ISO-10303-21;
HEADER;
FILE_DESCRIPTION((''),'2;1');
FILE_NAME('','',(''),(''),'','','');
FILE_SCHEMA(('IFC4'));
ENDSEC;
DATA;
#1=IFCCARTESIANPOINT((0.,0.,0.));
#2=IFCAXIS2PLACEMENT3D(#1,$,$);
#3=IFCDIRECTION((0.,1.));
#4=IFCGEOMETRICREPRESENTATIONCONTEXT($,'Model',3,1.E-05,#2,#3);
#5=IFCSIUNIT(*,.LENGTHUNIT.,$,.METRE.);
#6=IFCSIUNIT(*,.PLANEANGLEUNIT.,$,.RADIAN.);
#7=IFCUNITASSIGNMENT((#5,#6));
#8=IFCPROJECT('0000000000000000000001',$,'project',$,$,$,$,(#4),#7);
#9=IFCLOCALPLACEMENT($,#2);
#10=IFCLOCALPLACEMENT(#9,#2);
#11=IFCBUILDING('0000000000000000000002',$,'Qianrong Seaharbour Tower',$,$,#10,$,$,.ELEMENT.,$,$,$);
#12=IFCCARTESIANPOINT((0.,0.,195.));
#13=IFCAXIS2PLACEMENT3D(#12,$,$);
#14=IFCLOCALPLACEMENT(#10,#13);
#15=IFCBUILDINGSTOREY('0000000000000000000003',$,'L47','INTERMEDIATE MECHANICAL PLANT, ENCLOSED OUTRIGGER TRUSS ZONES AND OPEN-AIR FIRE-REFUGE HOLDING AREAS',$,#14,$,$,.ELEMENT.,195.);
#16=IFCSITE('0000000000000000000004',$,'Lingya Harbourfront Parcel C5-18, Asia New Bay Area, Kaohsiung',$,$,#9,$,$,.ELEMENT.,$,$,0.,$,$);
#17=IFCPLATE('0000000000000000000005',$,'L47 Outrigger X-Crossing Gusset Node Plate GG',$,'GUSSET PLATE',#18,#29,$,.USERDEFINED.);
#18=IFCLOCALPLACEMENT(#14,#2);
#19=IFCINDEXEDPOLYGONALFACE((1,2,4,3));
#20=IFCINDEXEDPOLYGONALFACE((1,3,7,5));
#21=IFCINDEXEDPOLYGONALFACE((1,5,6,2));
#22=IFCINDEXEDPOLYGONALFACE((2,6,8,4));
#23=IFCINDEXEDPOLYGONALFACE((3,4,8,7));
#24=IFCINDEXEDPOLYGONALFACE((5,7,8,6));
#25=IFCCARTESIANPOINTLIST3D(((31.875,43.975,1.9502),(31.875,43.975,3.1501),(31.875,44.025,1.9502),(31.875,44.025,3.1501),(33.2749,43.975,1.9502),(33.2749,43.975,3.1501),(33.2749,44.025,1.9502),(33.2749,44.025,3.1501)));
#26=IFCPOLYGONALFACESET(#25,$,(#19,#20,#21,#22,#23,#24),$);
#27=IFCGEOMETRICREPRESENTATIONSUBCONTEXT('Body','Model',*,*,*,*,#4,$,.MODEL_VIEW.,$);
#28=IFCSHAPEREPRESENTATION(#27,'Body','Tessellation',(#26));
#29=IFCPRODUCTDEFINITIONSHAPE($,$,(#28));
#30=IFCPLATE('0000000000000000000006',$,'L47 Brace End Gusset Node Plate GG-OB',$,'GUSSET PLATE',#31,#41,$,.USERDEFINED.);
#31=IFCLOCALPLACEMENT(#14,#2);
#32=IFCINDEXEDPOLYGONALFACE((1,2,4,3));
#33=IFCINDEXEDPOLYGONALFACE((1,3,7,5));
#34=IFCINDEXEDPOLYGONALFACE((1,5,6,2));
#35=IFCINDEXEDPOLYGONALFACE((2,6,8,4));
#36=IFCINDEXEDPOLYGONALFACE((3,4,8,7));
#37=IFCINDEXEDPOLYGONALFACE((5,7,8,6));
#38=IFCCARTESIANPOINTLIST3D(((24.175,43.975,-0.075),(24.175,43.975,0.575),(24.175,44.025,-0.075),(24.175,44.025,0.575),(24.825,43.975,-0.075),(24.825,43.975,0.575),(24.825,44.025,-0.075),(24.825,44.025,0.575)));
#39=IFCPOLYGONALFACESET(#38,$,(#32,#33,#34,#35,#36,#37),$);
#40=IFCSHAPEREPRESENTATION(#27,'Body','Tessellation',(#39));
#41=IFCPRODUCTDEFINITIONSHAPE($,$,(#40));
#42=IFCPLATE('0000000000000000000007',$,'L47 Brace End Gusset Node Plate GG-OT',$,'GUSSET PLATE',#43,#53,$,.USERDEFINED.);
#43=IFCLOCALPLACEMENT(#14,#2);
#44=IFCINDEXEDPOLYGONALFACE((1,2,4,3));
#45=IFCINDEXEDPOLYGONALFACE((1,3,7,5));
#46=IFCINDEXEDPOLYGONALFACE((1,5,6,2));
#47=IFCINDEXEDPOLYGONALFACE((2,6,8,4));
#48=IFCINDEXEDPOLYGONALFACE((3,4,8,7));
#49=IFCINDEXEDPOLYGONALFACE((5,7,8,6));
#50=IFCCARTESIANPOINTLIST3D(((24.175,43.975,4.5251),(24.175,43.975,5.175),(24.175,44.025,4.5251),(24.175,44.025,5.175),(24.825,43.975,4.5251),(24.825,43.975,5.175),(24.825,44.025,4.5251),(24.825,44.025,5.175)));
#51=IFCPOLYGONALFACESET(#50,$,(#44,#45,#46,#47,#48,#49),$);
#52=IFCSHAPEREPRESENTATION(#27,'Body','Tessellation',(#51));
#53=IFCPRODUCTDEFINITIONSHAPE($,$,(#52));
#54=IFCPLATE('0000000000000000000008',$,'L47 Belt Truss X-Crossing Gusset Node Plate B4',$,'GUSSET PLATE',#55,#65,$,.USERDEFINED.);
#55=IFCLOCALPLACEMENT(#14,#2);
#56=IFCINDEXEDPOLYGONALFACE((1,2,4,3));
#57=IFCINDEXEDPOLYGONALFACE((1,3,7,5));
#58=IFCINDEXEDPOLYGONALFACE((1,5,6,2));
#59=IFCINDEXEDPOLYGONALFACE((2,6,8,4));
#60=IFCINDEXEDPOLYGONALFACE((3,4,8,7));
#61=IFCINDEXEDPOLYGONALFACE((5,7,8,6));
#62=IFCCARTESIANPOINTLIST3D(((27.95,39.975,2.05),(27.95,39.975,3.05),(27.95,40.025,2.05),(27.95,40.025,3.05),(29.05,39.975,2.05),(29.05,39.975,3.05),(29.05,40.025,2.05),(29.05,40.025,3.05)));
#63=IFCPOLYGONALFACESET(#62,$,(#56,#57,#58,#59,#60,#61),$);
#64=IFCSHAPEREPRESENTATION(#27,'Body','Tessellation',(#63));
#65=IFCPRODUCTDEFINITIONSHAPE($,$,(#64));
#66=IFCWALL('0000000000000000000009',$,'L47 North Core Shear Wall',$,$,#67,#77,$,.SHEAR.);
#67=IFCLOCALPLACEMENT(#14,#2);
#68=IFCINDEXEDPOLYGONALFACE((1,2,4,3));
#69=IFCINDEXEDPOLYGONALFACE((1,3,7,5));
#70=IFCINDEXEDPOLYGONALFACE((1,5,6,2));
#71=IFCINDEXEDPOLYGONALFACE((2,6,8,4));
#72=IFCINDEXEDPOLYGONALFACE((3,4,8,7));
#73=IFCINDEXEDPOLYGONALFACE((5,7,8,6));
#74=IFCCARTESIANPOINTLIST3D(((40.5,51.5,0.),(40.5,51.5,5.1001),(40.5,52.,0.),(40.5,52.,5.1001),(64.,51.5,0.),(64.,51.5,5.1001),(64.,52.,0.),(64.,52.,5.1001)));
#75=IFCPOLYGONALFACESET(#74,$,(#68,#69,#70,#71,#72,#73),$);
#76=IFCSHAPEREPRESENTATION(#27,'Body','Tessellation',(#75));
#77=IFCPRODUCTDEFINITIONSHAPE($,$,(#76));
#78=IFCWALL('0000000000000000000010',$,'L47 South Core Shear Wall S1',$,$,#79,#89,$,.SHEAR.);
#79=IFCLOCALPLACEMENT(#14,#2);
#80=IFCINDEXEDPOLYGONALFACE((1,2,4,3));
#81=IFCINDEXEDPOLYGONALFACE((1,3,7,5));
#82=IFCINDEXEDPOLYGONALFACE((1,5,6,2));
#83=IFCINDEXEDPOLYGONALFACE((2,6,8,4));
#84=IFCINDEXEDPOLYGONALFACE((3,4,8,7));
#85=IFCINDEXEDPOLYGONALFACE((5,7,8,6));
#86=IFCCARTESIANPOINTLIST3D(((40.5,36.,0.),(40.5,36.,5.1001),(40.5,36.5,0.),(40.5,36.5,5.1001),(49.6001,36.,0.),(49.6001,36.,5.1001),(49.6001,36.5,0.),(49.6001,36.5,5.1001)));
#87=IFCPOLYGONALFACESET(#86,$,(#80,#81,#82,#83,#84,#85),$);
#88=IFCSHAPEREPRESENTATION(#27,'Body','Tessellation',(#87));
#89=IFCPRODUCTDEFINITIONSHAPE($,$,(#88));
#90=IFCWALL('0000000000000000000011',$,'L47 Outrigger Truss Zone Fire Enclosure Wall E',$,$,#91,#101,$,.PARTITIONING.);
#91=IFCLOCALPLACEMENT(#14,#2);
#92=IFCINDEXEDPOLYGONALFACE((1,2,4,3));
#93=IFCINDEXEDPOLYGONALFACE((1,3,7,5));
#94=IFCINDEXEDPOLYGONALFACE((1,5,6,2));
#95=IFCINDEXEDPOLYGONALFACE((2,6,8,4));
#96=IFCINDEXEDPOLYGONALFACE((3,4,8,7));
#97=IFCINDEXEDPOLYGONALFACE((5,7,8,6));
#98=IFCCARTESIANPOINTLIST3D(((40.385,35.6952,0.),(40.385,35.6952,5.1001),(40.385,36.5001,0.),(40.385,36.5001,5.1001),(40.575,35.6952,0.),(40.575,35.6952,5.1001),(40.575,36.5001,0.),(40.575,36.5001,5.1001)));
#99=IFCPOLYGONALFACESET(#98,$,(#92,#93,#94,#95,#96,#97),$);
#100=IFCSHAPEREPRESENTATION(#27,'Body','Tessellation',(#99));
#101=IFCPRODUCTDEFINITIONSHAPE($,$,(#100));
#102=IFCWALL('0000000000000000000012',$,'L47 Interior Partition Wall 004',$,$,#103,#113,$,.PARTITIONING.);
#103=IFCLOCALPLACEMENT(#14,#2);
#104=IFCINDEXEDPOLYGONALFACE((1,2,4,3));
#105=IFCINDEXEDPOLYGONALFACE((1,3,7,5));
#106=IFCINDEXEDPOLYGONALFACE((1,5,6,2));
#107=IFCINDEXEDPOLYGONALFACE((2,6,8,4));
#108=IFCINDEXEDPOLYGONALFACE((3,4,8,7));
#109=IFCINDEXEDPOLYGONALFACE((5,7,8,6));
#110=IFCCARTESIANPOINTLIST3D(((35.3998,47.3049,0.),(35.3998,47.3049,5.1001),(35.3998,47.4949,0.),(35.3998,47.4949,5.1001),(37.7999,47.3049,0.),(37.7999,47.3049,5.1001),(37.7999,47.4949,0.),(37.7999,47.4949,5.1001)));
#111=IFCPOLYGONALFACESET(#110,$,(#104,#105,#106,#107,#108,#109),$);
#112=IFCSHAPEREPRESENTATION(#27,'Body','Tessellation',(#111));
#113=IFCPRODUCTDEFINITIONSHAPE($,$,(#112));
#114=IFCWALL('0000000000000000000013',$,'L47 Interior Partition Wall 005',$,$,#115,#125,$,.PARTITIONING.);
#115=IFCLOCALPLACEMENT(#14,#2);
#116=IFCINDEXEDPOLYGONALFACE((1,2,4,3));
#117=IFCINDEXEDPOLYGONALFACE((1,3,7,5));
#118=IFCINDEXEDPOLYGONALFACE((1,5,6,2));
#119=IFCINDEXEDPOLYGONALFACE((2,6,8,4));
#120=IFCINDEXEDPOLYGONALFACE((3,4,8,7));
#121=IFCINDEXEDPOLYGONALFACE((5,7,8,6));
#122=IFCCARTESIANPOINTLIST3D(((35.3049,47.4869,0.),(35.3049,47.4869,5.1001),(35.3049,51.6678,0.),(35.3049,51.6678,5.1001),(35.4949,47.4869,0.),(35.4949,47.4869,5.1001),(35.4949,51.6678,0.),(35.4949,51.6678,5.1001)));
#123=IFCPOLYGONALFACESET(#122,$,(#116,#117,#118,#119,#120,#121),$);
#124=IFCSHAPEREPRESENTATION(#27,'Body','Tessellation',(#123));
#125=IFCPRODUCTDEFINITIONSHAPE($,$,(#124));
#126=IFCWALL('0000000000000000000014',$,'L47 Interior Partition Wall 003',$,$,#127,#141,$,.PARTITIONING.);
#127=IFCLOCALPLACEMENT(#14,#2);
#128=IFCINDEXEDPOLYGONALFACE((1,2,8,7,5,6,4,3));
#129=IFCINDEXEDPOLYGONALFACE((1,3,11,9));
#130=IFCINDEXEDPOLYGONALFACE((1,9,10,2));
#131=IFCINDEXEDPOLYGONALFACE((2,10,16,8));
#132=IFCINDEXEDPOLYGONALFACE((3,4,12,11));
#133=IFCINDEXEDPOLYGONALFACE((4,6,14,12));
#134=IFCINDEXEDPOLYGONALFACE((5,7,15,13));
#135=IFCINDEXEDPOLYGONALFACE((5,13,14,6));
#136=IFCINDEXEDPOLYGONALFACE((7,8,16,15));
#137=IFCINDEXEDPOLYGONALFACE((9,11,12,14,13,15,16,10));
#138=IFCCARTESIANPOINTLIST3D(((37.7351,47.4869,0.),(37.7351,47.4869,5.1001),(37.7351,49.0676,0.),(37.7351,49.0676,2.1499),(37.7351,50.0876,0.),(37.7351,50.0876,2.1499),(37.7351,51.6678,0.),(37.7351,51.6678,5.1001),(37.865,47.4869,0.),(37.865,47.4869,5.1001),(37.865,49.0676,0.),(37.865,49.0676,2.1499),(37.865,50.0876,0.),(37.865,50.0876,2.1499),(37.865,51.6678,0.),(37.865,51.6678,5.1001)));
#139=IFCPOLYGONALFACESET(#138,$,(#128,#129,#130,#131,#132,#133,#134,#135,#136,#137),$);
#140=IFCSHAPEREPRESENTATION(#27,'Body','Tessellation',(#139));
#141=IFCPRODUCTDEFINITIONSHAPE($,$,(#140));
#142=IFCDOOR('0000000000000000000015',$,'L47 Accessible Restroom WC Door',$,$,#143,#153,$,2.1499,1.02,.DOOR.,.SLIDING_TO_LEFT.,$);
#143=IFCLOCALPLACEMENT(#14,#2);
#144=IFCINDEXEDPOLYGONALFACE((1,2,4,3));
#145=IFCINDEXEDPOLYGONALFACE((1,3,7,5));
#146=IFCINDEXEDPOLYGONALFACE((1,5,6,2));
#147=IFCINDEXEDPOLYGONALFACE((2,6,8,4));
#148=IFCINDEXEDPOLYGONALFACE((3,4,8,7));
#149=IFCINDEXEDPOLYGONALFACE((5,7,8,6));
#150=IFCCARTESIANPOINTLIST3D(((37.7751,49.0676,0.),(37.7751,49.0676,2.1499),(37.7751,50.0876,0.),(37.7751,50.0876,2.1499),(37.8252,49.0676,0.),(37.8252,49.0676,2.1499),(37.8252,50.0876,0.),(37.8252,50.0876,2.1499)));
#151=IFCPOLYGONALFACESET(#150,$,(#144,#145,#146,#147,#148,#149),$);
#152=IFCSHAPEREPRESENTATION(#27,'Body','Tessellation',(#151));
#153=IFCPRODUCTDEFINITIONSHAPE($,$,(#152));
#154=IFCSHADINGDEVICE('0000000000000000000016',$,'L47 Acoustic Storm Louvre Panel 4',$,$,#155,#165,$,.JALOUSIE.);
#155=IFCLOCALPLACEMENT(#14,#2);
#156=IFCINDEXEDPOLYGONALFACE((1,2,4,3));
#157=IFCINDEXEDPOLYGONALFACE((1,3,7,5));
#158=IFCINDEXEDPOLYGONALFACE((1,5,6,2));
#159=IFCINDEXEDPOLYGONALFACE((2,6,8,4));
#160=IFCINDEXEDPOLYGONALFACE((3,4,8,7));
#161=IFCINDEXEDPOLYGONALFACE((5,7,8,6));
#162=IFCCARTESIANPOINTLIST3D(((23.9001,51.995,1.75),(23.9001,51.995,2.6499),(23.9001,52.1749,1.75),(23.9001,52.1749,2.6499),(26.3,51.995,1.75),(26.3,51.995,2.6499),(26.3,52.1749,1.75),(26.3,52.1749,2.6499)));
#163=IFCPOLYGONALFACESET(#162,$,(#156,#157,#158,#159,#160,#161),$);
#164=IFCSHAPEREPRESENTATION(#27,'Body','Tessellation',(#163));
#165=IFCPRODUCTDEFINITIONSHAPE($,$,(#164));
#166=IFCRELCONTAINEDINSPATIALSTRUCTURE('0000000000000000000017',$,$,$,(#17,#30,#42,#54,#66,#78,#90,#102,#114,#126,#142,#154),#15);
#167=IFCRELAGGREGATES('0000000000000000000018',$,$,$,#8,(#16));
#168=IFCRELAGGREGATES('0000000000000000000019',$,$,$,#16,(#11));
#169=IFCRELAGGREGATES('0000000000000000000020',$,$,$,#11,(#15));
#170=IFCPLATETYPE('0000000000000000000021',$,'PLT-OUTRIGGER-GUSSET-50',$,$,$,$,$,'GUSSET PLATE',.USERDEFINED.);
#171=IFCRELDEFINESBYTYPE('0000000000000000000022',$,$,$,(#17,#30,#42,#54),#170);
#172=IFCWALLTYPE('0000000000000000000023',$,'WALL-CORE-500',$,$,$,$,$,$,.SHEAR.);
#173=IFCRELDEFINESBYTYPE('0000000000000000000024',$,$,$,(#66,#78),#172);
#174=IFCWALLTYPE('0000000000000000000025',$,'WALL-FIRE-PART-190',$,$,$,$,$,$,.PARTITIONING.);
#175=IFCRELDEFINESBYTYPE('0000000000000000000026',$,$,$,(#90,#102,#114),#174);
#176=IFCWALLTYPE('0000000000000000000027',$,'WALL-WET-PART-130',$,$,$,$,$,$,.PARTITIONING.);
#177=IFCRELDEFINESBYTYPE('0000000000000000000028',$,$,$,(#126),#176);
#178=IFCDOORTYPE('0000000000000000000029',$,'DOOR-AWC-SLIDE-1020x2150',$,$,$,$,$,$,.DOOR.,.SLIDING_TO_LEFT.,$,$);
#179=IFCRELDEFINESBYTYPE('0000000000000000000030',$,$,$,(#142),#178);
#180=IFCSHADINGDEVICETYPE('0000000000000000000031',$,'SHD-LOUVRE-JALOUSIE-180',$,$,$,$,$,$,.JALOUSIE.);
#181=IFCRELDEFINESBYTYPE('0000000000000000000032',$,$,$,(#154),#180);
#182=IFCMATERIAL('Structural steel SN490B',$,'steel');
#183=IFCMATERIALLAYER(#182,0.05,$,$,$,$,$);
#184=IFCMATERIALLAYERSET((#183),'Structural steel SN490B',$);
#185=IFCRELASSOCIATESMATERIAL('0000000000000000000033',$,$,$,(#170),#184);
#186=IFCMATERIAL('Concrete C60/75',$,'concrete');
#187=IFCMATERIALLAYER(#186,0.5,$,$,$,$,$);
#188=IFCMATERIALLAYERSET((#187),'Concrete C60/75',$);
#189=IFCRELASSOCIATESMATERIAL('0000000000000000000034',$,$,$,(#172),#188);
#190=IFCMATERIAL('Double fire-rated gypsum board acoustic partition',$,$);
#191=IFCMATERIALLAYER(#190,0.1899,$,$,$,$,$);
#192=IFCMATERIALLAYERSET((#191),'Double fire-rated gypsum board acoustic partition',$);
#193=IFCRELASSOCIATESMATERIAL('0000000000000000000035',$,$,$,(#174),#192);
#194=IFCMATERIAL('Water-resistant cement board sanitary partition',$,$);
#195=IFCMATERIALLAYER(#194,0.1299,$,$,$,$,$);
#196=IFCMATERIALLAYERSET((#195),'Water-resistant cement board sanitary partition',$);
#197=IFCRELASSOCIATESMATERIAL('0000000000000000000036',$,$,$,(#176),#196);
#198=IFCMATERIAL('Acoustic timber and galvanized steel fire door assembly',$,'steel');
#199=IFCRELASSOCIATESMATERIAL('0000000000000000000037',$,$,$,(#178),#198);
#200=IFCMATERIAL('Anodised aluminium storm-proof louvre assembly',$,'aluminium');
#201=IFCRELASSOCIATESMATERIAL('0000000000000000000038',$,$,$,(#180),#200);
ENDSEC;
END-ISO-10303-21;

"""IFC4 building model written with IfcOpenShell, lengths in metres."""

from ifc_helpers import new_model, si_unit, direction, frame, frame_2d, origin, origin_2d, place, context, subcontext, project, spatial, rectangle, extrude, material, layer, layer_set, type_object, element, fill, save


model = new_model("IFC4")

# Units and contexts
model_context = context("Model", 3, precision=1e-05, world=origin(), true_north=direction((0.0, 1.0)))
body_context = subcontext(model_context, "Body", "Model", "MODEL_VIEW")
ifc_project = project(units=[si_unit("LENGTHUNIT", "METRE"), si_unit("PLANEANGLEUNIT", "RADIAN")], contexts=[model_context])

# Site, building, storey
site_placement = place(None, origin())
site = spatial("IfcSite", under=ifc_project, at=site_placement, Name="Lingya Harbourfront Parcel C5-18, Asia New Bay Area, Kaohsiung", CompositionType="ELEMENT", RefElevation=0.0)
building_placement = place(site_placement, origin())
building = spatial("IfcBuilding", under=site, at=building_placement, Name="Qianrong Seaharbour Tower", CompositionType="ELEMENT")
storey_placement = place(building_placement, frame((0.0, 0.0, 195.0)))
storey = spatial("IfcBuildingStorey", under=building, at=storey_placement, Name="L47", Description="INTERMEDIATE MECHANICAL PLANT, ENCLOSED OUTRIGGER TRUSS ZONES AND OPEN-AIR FIRE-REFUGE HOLDING AREAS", CompositionType="ELEMENT", Elevation=195.0)

# Shared definitions
ifc_material_1 = material(Name="Structural steel SN490B", Category="steel")

# Plates
ifc_layer_1 = layer(ifc_material_1, 0.05)
ifc_layer_set_1 = layer_set([ifc_layer_1], Name="Structural steel SN490B")
plate_type = type_object("IfcPlateType", Name="PLT-OUTRIGGER-GUSSET-50", ElementType="GUSSET PLATE", PredefinedType="USERDEFINED", material=ifc_layer_set_1)
plate_1_placement = place(storey_placement, frame((32.575, 44.0, 1.9502), z_axis=(0.0, 0.0, 1.0), x_axis=(1.0, 0.0, 0.0)))
element("IfcPlate", 1, at=plate_1_placement, inside=storey, type_object=plate_type, Name="L47 Outrigger X-Crossing Gusset Node Plate GG", ObjectType="GUSSET PLATE", PredefinedType="USERDEFINED", context=body_context, shape_type="SweptSolid", body=[
    extrude(rectangle(XDim=1.3999, YDim=0.05, at=origin_2d()), origin(), (0.0, 0.0, 1.0), 1.2),
])
for number, where, z_axis, x_axis, name in (
    (2, (24.5, 44.0, -0.075), (0.0, 0.0, 1.0), (1.0, 0.0, 0.0), "L47 Brace End Gusset Node Plate GG-OB"),
    (3, (24.5, 44.0, 4.5251), (0.0, 0.0, 1.0), (1.0, 0.0, 0.0), "L47 Brace End Gusset Node Plate GG-OT"),
):
    element("IfcPlate", number, at=place(storey_placement, frame(where, z_axis=z_axis, x_axis=x_axis)), inside=storey, type_object=plate_type, Name=name, ObjectType="GUSSET PLATE", PredefinedType="USERDEFINED", context=body_context, shape_type="SweptSolid", body=[
        extrude(rectangle(XDim=0.6499, YDim=0.05, at=origin_2d()), origin(), (0.0, 0.0, 1.0), 0.6499),
    ])
plate_2_placement = place(storey_placement, frame((28.5, 40.0, 2.05), z_axis=(0.0, 0.0, 1.0), x_axis=(1.0, 0.0, 0.0)))
element("IfcPlate", 4, at=plate_2_placement, inside=storey, type_object=plate_type, Name="L47 Belt Truss X-Crossing Gusset Node Plate B4", ObjectType="GUSSET PLATE", PredefinedType="USERDEFINED", context=body_context, shape_type="SweptSolid", body=[
    extrude(rectangle(XDim=1.1001, YDim=0.05, at=origin_2d()), origin(), (0.0, 0.0, 1.0), 1.0),
])

# Walls
ifc_material_2 = material(Name="Concrete C60/75", Category="concrete")
ifc_layer_2 = layer(ifc_material_2, 0.5)
ifc_layer_set_2 = layer_set([ifc_layer_2], Name="Concrete C60/75")
wall_type_1 = type_object("IfcWallType", Name="WALL-CORE-500", PredefinedType="SHEAR", material=ifc_layer_set_2)
wall_1_placement = place(storey_placement, frame((40.5, 51.75, 0.0), z_axis=(0.0, 0.0, 1.0), x_axis=(1.0, 0.0, 0.0)))
element("IfcWall", 5, at=wall_1_placement, inside=storey, type_object=wall_type_1, Name="L47 North Core Shear Wall", PredefinedType="SHEAR", context=body_context, shape_type="SweptSolid", body=[
    extrude(rectangle(XDim=23.5, YDim=0.5, at=frame_2d((11.75, 0.0))), origin(), (0.0, 0.0, 1.0), 5.1001),
])
wall_2_placement = place(storey_placement, frame((40.5, 36.25, 0.0), z_axis=(0.0, 0.0, 1.0), x_axis=(1.0, 0.0, 0.0)))
element("IfcWall", 6, at=wall_2_placement, inside=storey, type_object=wall_type_1, Name="L47 South Core Shear Wall S1", PredefinedType="SHEAR", context=body_context, shape_type="SweptSolid", body=[
    extrude(rectangle(XDim=9.1001, YDim=0.5, at=frame_2d((4.55, 0.0))), origin(), (0.0, 0.0, 1.0), 5.1001),
])

# Shared definitions
ifc_material_3 = material(Name="Acoustic timber and galvanized steel fire door assembly", Category="steel")

# Wall
ifc_material_4 = material(Name="Double fire-rated gypsum board acoustic partition")
ifc_layer_3 = layer(ifc_material_4, 0.1899)
ifc_layer_set_3 = layer_set([ifc_layer_3], Name="Double fire-rated gypsum board acoustic partition")
wall_type_2 = type_object("IfcWallType", Name="WALL-FIRE-PART-190", PredefinedType="PARTITIONING", material=ifc_layer_set_3)
wall_3_placement = place(storey_placement, frame((40.48, 36.5, 0.0), z_axis=(0.0, 0.0, 1.0), x_axis=(0.0, -1.0, 0.0)))
element("IfcWall", 7, at=wall_3_placement, inside=storey, type_object=wall_type_2, Name="L47 Outrigger Truss Zone Fire Enclosure Wall E", PredefinedType="PARTITIONING", context=body_context, shape_type="SweptSolid", body=[
    extrude(rectangle(XDim=0.8049, YDim=0.1899, at=frame_2d((0.4023, 0.0))), origin(), (0.0, 0.0, 1.0), 5.1001),
])

# Walls
wall_4_placement = place(storey_placement, frame((37.8, 47.3999, 0.0), z_axis=(0.0, 0.0, 1.0), x_axis=(-1.0, 0.0, 0.0)))
element("IfcWall", 8, at=wall_4_placement, inside=storey, type_object=wall_type_2, Name="L47 Interior Partition Wall 004", PredefinedType="PARTITIONING", context=body_context, shape_type="SweptSolid", body=[
    extrude(rectangle(XDim=2.4001, YDim=0.1899, at=frame_2d((1.2002, 0.0))), origin(), (0.0, 0.0, 1.0), 5.1001),
])
wall_5_placement = place(storey_placement, frame((35.3999, 47.4871, 0.0), z_axis=(0.0, 0.0, 1.0), x_axis=(0.0, 1.0, 0.0)))
element("IfcWall", 9, at=wall_5_placement, inside=storey, type_object=wall_type_2, Name="L47 Interior Partition Wall 005", PredefinedType="PARTITIONING", context=body_context, shape_type="SweptSolid", body=[
    extrude(rectangle(XDim=4.1809, YDim=0.1899, at=frame_2d((2.0903, 0.0))), origin(), (0.0, 0.0, 1.0), 5.1001),
])

# Wall, opening, door
ifc_material_5 = material(Name="Water-resistant cement board sanitary partition")
ifc_layer_4 = layer(ifc_material_5, 0.1299)
ifc_layer_set_4 = layer_set([ifc_layer_4], Name="Water-resistant cement board sanitary partition")
wall_type_3 = type_object("IfcWallType", Name="WALL-WET-PART-130", PredefinedType="PARTITIONING", material=ifc_layer_set_4)
wall_6_placement = place(storey_placement, frame((37.8, 47.4871, 0.0), z_axis=(0.0, 0.0, 1.0), x_axis=(0.0, 1.0, 0.0)))
wall_6 = element("IfcWall", 10, at=wall_6_placement, inside=storey, type_object=wall_type_3, Name="L47 Interior Partition Wall 003", PredefinedType="PARTITIONING", context=body_context, shape_type="SweptSolid", body=[
    extrude(rectangle(XDim=4.1809, YDim=0.1299, at=frame_2d((2.0903, 0.0))), origin(), (0.0, 0.0, 1.0), 5.1001),
])
opening_1_placement = place(wall_6_placement, frame((1.5806, 0.0, 0.0)))
opening_1 = element("IfcOpeningElement", 11, at=opening_1_placement, cuts=wall_6, PredefinedType="OPENING", context=body_context, shape_type="SweptSolid", body=[
    extrude(rectangle(XDim=1.02, YDim=2.1499, at=frame_2d((0.51, 1.075))), frame((0.0, 0.075, 0.0), z_axis=(0.0, -1.0, 0.0), x_axis=(1.0, 0.0, 0.0)), (0.0, 0.0, 1.0), 0.1499),
])
door_type_1 = type_object("IfcDoorType", Name="DOOR-AWC-SLIDE-1020x2150", OperationType="SLIDING_TO_LEFT", PredefinedType="DOOR", material=ifc_material_3)
door_1_placement = place(opening_1_placement, origin())
door_1 = element("IfcDoor", 12, at=door_1_placement, inside=storey, type_object=door_type_1, Name="L47 Accessible Restroom WC Door", OperationType="SLIDING_TO_LEFT", OverallHeight=2.1499, OverallWidth=1.02, PredefinedType="DOOR", context=body_context, shape_type="SweptSolid", body=[
    extrude(rectangle(XDim=1.02, YDim=2.1499, at=frame_2d((0.51, 1.075))), frame((0.0, 0.0249, 0.0), z_axis=(0.0, -1.0, 0.0), x_axis=(1.0, 0.0, 0.0)), (0.0, 0.0, 1.0), 0.05),
])
fill(opening_1, door_1)

# Shading device
ifc_material_6 = material(Name="Anodised aluminium storm-proof louvre assembly", Category="aluminium")
shading_device_type = type_object("IfcShadingDeviceType", Name="SHD-LOUVRE-JALOUSIE-180", PredefinedType="JALOUSIE", material=ifc_material_6)
shading_device_placement = place(storey_placement, frame((25.1001, 52.085, 1.75), z_axis=(0.0, 0.0, 1.0), x_axis=(1.0, 0.0, 0.0)))
element("IfcShadingDevice", 13, at=shading_device_placement, inside=storey, type_object=shading_device_type, Name="L47 Acoustic Storm Louvre Panel 4", PredefinedType="JALOUSIE", context=body_context, shape_type="SweptSolid", body=[
    extrude(rectangle(XDim=2.3999, YDim=0.1799, at=origin_2d()), origin(), (0.0, 0.0, 1.0), 0.8999),
])

save(model, "model.ifc")
